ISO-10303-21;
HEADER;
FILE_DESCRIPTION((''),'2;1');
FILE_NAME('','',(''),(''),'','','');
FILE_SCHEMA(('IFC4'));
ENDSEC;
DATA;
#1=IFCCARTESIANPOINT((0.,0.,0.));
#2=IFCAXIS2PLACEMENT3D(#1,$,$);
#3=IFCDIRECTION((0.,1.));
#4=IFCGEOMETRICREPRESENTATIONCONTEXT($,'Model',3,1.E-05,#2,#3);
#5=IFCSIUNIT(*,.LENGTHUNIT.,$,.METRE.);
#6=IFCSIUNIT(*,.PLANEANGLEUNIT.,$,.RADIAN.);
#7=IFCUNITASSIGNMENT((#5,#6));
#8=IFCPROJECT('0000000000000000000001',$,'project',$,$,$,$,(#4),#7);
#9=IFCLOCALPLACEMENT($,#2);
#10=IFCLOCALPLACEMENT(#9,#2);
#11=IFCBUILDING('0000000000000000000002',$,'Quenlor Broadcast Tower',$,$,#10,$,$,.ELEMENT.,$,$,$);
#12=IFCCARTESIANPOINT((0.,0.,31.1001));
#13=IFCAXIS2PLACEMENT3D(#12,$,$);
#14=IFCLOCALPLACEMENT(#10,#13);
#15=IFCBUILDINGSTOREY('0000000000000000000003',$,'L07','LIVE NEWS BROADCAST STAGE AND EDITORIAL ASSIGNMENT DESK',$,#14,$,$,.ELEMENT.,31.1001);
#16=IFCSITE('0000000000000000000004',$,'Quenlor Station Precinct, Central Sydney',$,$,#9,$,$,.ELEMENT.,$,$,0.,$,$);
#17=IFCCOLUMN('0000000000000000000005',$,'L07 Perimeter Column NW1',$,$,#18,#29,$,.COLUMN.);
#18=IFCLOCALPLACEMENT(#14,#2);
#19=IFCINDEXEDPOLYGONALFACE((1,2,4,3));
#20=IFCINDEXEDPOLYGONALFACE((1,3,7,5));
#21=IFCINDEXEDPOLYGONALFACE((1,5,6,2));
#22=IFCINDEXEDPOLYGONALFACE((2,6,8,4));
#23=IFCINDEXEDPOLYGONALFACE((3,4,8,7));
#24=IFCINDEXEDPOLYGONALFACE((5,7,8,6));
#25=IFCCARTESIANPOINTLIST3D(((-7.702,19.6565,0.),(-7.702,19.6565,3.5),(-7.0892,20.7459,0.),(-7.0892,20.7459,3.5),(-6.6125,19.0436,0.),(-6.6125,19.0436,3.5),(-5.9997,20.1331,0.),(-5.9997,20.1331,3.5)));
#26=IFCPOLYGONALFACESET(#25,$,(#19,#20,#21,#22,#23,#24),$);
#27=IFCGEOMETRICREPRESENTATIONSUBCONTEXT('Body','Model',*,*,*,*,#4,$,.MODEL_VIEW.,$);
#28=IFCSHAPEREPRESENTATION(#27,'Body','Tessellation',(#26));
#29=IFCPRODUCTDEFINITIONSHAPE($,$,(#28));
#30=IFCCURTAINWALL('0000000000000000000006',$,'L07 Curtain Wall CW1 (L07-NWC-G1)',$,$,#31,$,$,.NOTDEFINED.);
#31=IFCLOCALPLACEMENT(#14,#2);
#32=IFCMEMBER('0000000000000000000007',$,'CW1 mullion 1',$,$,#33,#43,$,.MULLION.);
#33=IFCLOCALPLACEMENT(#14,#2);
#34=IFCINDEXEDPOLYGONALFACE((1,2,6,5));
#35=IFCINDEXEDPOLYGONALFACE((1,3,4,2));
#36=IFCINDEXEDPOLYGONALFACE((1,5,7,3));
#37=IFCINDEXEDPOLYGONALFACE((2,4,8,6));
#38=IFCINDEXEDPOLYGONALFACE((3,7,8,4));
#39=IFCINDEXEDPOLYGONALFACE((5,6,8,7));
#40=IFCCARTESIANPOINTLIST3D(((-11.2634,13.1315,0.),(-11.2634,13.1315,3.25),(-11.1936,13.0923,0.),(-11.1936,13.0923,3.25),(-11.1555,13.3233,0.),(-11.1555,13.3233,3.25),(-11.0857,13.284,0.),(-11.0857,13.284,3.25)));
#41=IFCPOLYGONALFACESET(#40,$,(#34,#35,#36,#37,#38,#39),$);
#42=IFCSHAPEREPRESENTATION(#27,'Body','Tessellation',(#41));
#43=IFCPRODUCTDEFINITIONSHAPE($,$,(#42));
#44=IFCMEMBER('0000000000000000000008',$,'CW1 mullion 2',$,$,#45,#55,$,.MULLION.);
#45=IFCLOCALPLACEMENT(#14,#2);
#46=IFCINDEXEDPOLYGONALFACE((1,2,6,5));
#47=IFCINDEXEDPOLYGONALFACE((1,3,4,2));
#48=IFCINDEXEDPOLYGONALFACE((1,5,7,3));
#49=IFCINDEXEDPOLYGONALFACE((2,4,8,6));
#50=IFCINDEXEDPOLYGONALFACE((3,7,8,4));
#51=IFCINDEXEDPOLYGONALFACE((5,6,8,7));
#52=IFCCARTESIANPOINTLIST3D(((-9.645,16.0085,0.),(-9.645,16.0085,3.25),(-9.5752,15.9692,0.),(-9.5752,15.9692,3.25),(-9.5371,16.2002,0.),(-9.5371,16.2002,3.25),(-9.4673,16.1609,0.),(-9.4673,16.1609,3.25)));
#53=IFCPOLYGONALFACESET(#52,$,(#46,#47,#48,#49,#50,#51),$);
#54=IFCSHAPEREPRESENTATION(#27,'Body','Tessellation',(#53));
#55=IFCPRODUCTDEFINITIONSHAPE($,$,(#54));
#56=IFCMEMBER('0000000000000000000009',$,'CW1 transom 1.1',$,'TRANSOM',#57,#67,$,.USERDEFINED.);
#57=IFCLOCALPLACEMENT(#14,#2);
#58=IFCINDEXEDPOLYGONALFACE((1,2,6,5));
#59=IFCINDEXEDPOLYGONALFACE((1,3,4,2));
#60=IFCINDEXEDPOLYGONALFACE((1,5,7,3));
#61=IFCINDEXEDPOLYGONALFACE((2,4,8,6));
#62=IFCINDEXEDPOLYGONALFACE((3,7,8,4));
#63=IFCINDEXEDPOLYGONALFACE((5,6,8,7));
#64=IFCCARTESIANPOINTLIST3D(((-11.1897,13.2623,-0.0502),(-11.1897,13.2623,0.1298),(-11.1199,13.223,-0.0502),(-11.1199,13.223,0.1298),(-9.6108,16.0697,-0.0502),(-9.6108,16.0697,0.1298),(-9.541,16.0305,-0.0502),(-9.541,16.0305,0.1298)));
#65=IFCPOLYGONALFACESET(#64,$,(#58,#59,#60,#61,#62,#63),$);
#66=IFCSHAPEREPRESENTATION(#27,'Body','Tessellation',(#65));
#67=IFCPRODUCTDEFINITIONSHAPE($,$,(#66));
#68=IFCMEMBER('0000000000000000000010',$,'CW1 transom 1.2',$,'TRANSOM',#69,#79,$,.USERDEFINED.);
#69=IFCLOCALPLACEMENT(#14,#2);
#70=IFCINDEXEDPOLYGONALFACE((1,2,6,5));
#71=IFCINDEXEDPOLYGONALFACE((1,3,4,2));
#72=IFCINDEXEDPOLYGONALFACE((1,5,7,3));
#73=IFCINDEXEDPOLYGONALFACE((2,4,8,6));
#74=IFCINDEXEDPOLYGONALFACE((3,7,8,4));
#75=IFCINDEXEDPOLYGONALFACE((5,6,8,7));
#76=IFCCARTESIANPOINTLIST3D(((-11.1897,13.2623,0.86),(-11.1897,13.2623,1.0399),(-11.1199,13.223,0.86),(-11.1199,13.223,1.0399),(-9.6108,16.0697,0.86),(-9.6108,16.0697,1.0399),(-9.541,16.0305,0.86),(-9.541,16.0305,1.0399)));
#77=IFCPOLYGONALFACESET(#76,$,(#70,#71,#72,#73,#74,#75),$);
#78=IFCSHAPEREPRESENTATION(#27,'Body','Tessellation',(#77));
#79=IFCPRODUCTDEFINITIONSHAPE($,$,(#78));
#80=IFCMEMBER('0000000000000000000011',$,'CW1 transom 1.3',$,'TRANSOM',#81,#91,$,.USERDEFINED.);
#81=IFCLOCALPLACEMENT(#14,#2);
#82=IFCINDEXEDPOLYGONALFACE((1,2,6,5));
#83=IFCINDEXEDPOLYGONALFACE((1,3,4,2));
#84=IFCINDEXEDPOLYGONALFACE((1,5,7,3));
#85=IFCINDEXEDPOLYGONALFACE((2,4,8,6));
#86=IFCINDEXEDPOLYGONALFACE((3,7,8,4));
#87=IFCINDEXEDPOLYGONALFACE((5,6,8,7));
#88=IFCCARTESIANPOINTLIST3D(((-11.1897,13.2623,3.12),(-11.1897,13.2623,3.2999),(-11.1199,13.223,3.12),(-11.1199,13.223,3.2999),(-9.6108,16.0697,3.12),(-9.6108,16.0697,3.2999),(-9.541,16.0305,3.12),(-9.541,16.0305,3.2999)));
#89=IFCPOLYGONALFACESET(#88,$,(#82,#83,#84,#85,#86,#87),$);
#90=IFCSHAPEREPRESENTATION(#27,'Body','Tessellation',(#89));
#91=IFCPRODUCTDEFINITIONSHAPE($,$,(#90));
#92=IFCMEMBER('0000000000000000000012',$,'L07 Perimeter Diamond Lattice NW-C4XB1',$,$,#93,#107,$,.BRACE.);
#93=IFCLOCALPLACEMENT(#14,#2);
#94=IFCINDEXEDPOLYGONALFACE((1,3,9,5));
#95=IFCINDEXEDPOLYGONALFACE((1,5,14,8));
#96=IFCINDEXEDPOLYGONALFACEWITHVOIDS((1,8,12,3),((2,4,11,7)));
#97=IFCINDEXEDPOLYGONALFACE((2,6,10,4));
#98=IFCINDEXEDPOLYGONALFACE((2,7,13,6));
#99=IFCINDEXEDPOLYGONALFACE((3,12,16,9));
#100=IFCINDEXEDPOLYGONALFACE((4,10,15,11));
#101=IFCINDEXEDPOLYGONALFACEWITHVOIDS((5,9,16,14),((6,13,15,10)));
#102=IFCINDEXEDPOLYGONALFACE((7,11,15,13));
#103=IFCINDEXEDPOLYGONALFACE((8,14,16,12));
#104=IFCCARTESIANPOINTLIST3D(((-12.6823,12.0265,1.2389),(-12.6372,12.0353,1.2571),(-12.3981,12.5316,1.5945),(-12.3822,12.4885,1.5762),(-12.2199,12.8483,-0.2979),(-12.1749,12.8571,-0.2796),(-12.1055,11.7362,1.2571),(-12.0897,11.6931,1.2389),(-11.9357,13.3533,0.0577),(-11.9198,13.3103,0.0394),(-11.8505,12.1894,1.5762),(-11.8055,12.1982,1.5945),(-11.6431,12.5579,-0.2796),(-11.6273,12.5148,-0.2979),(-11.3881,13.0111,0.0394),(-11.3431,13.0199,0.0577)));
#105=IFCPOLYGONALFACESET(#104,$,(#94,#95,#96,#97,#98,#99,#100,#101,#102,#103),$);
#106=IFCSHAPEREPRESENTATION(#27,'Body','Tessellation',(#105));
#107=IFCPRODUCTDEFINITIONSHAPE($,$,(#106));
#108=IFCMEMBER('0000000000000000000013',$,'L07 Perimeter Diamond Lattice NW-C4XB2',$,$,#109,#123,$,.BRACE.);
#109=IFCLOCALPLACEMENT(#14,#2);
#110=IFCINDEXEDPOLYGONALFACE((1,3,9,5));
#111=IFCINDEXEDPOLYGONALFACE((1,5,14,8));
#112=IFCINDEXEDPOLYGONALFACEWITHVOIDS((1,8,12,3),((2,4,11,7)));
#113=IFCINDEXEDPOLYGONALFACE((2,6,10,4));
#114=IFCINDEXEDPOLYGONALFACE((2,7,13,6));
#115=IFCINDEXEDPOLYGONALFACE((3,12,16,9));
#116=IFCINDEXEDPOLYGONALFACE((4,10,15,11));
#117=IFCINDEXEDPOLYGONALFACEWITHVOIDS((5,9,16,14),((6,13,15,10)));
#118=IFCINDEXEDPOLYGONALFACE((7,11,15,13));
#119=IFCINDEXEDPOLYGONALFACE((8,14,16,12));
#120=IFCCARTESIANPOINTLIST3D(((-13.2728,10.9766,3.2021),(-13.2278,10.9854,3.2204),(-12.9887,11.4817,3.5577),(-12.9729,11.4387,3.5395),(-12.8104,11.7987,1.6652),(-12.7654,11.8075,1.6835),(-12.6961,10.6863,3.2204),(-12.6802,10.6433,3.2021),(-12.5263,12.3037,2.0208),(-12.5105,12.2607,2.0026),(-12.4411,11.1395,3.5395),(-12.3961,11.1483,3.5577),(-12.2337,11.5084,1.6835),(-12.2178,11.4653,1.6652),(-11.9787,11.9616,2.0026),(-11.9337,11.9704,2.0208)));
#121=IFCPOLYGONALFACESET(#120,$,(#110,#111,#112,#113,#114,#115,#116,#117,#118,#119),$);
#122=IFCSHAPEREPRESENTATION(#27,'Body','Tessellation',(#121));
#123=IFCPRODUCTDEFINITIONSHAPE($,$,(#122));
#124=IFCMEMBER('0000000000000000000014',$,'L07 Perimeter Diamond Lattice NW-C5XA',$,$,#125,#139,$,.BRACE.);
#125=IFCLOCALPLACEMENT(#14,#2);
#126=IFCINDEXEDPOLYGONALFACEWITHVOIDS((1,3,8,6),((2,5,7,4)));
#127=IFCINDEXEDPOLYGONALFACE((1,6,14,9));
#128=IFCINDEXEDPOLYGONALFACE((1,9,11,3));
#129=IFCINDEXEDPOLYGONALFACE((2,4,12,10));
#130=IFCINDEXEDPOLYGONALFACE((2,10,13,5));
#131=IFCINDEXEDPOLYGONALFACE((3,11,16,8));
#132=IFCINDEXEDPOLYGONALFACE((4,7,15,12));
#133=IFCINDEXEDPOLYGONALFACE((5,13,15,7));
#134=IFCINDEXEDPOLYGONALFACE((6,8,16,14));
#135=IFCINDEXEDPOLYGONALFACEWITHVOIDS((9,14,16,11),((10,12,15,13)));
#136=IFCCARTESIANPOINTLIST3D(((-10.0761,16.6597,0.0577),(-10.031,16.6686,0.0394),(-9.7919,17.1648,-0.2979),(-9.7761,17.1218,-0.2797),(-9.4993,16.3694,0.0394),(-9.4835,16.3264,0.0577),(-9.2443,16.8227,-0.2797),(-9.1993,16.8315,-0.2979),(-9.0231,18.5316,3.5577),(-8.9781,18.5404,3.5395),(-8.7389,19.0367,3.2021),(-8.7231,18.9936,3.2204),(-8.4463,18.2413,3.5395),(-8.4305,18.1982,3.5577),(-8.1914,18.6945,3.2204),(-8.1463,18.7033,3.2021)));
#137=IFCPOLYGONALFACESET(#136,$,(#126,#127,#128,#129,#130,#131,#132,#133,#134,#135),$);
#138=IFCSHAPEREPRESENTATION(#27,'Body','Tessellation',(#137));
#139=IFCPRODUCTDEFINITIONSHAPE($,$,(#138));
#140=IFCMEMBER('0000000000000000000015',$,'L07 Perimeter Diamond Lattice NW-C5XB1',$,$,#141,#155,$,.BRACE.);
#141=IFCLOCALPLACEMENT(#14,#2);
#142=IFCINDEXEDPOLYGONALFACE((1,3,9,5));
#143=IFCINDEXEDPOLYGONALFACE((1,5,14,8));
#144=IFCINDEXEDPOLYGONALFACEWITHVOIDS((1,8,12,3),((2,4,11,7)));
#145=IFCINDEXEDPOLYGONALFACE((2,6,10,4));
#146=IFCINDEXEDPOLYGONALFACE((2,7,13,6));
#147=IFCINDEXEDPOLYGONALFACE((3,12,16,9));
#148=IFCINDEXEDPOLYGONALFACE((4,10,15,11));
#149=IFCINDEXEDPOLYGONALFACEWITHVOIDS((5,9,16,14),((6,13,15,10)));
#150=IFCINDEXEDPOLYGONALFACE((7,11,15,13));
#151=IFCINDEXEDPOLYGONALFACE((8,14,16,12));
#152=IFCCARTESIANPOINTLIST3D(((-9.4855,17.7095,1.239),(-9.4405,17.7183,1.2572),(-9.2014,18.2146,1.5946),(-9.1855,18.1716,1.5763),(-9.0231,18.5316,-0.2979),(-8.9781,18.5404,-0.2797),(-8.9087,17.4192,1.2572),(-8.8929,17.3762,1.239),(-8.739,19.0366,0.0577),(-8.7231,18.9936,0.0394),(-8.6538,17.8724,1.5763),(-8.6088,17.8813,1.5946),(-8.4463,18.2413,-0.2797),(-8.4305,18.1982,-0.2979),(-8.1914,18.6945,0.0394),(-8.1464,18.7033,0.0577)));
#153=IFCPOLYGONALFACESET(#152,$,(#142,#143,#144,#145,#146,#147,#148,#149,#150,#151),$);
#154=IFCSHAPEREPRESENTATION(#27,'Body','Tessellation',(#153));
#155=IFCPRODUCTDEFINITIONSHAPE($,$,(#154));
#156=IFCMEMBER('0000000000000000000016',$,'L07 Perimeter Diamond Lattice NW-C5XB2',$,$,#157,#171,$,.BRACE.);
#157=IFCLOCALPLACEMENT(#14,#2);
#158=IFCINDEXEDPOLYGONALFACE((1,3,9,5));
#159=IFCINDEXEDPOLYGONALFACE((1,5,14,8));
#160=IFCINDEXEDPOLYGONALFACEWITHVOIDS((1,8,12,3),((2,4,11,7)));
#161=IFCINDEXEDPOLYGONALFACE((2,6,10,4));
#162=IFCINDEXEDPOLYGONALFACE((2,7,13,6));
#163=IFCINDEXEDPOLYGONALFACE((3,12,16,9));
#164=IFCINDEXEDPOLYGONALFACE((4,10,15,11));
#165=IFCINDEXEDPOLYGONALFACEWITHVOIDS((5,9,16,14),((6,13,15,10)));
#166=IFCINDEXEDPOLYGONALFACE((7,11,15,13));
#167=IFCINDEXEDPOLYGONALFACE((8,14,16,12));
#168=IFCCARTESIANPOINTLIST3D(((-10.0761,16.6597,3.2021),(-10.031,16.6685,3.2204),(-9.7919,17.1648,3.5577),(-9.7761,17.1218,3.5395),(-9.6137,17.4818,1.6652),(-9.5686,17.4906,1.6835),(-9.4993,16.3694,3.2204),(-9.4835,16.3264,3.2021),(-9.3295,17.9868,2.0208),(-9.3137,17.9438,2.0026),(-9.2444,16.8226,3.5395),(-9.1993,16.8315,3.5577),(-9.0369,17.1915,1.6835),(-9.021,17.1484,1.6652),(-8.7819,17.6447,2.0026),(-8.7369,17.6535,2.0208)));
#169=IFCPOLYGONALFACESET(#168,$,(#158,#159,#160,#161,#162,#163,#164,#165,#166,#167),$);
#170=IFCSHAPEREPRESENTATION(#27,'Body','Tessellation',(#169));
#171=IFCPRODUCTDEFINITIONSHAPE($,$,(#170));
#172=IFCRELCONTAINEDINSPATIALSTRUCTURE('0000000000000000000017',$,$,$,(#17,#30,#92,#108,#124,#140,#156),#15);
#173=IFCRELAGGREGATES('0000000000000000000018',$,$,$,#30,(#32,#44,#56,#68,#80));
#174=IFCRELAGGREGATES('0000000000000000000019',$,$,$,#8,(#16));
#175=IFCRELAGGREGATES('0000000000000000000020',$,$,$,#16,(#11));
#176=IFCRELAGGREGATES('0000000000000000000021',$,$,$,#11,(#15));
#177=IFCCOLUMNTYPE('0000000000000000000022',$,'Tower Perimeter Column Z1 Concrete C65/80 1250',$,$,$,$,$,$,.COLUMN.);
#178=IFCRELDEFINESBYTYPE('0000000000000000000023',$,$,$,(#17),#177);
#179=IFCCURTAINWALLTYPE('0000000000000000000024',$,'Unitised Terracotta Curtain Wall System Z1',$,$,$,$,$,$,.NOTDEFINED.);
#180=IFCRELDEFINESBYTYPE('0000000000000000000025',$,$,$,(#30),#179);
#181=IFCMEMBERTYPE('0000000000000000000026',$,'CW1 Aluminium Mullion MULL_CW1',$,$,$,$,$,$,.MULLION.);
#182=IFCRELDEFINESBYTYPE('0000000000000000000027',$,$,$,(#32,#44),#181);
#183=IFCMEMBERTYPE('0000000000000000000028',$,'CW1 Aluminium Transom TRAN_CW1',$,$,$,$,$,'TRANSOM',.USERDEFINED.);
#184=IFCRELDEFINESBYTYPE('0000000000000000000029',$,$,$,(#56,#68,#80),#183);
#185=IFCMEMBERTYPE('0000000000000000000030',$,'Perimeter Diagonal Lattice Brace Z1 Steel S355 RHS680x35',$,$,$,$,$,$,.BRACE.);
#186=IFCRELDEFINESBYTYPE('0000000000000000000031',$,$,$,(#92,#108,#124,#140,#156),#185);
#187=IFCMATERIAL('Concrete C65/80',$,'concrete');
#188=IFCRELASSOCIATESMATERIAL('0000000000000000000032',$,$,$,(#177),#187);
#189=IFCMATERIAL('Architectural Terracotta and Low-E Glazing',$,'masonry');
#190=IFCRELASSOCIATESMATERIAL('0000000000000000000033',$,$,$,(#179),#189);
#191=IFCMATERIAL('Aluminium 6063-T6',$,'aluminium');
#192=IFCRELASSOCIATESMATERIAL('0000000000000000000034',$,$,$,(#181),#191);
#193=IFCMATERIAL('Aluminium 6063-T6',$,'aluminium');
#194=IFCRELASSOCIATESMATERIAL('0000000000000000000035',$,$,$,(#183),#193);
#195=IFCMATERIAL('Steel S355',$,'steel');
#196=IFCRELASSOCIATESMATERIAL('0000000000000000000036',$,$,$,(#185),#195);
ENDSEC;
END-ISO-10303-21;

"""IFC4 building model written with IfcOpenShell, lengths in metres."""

from ifc_helpers import new_model, si_unit, direction, frame, origin, origin_2d, place, context, subcontext, project, spatial, rectangle, hollow_rectangle, extrude, material, material_profile, profile_set, type_object, element, aggregate, save


model = new_model("IFC4")

# Units and contexts
model_context = context("Model", 3, precision=1e-05, world=origin(), true_north=direction((0.0, 1.0)))
body_context = subcontext(model_context, "Body", "Model", "MODEL_VIEW")
ifc_project = project(units=[si_unit("LENGTHUNIT", "METRE"), si_unit("PLANEANGLEUNIT", "RADIAN")], contexts=[model_context])

# Site, building, storey
site_placement = place(None, origin())
site = spatial("IfcSite", under=ifc_project, at=site_placement, Name="Quenlor Station Precinct, Central Sydney", CompositionType="ELEMENT", RefElevation=0.0)
building_placement = place(site_placement, origin())
building = spatial("IfcBuilding", under=site, at=building_placement, Name="Quenlor Broadcast Tower", CompositionType="ELEMENT")
storey_placement = place(building_placement, frame((0.0, 0.0, 31.1001)))
storey = spatial("IfcBuildingStorey", under=building, at=storey_placement, Name="L07", Description="LIVE NEWS BROADCAST STAGE AND EDITORIAL ASSIGNMENT DESK", CompositionType="ELEMENT", Elevation=31.1001)

# Column
ifc_material_1 = material(Name="Concrete C65/80", Category="concrete")
ifc_material_profile_1 = material_profile(ifc_material_1, rectangle(XDim=1.25, YDim=1.25, at=origin_2d()))
ifc_profile_set_1 = profile_set([ifc_material_profile_1], Name="Concrete C65/80 RC1250x1250")
column_type = type_object("IfcColumnType", Name="Tower Perimeter Column Z1 Concrete C65/80 1250", PredefinedType="COLUMN", material=ifc_profile_set_1)
column_placement = place(storey_placement, frame((-6.8508, 19.8948, 0.0), z_axis=(0.0, 0.0, 1.0), x_axis=(-0.871575, 0.490262, 0.0)))
element("IfcColumn", 1, at=column_placement, inside=storey, type_object=column_type, Name="L07 Perimeter Column NW1", PredefinedType="COLUMN", context=body_context, shape_type="SweptSolid", body=[
    extrude(rectangle(XDim=1.25, YDim=1.25, at=origin_2d()), origin(), (0.0, 0.0, 1.0), 3.5),
])

# Curtain wall, members
ifc_material_2 = material(Name="Architectural Terracotta and Low-E Glazing", Category="masonry")
curtain_wall_type = type_object("IfcCurtainWallType", Name="Unitised Terracotta Curtain Wall System Z1", PredefinedType="NOTDEFINED", material=ifc_material_2)
curtain_wall_placement = place(storey_placement, origin())
curtain_wall = element("IfcCurtainWall", 2, at=curtain_wall_placement, inside=storey, type_object=curtain_wall_type, Name="L07 Curtain Wall CW1 (L07-NWC-G1)", PredefinedType="NOTDEFINED")
ifc_material_3 = material(Name="Aluminium 6063-T6", Category="aluminium")
ifc_material_profile_2 = material_profile(ifc_material_3, rectangle(XDim=0.0801, YDim=0.22, at=origin_2d()))
ifc_profile_set_2 = profile_set([ifc_material_profile_2], Name="Aluminium 6063-T6 MULL80x220")
member_type_1 = type_object("IfcMemberType", Name="CW1 Aluminium Mullion MULL_CW1", PredefinedType="MULLION", material=ifc_profile_set_2)
member_1_placement = place(storey_placement, frame((-11.1746, 13.2078, 0.0), z_axis=(0.0, 0.0, 1.0), x_axis=(-0.871585, 0.490244, 0.0)))
member_1 = element("IfcMember", 3, at=member_1_placement, type_object=member_type_1, Name="CW1 mullion 1", PredefinedType="MULLION", context=body_context, shape_type="SweptSolid", body=[
    extrude(rectangle(XDim=0.0801, YDim=0.22, at=origin_2d()), origin(), (0.0, 0.0, 1.0), 3.25),
])
member_2_placement = place(storey_placement, frame((-9.5562, 16.0847, 0.0), z_axis=(0.0, 0.0, 1.0), x_axis=(-0.871585, 0.490244, 0.0)))
member_2 = element("IfcMember", 4, at=member_2_placement, type_object=member_type_1, Name="CW1 mullion 2", PredefinedType="MULLION", context=body_context, shape_type="SweptSolid", body=[
    extrude(rectangle(XDim=0.0801, YDim=0.22, at=origin_2d()), origin(), (0.0, 0.0, 1.0), 3.25),
])
ifc_material_4 = material(Name="Aluminium 6063-T6", Category="aluminium")
ifc_material_profile_3 = material_profile(ifc_material_4, rectangle(XDim=0.0801, YDim=0.1799, at=origin_2d()))
ifc_profile_set_3 = profile_set([ifc_material_profile_3], Name="Aluminium 6063-T6 TRAN80x180")
member_type_2 = type_object("IfcMemberType", Name="CW1 Aluminium Transom TRAN_CW1", ElementType="TRANSOM", PredefinedType="USERDEFINED", material=ifc_profile_set_3)
member_3_placement = place(storey_placement, frame((-11.1548, 13.2427, 0.0398), z_axis=(0.490193, 0.871614, 0.0), x_axis=(-0.871614, 0.490193, 0.0)))
member_3 = element("IfcMember", 5, at=member_3_placement, type_object=member_type_2, Name="CW1 transom 1.1", ObjectType="TRANSOM", PredefinedType="USERDEFINED", context=body_context, shape_type="SweptSolid", body=[
    extrude(rectangle(XDim=0.0801, YDim=0.1799, at=origin_2d()), origin(), (0.0, 0.0, 1.0), 3.2209),
])
member_4_placement = place(storey_placement, frame((-11.1548, 13.2427, 0.95), z_axis=(0.490193, 0.871614, 0.0), x_axis=(-0.871614, 0.490193, 0.0)))
member_4 = element("IfcMember", 6, at=member_4_placement, type_object=member_type_2, Name="CW1 transom 1.2", ObjectType="TRANSOM", PredefinedType="USERDEFINED", context=body_context, shape_type="SweptSolid", body=[
    extrude(rectangle(XDim=0.0801, YDim=0.1799, at=origin_2d()), origin(), (0.0, 0.0, 1.0), 3.2209),
])
member_5_placement = place(storey_placement, frame((-11.1548, 13.2427, 3.21), z_axis=(0.490193, 0.871614, 0.0), x_axis=(-0.871614, 0.490193, 0.0)))
member_5 = element("IfcMember", 7, at=member_5_placement, type_object=member_type_2, Name="CW1 transom 1.3", ObjectType="TRANSOM", PredefinedType="USERDEFINED", context=body_context, shape_type="SweptSolid", body=[
    extrude(rectangle(XDim=0.0801, YDim=0.1799, at=origin_2d()), origin(), (0.0, 0.0, 1.0), 3.2209),
])

# Members
ifc_material_5 = material(Name="Steel S355", Category="steel")
ifc_material_profile_4 = material_profile(ifc_material_5, hollow_rectangle(XDim=0.6799, YDim=0.6799, WallThickness=0.0349, at=origin_2d()))
ifc_profile_set_4 = profile_set([ifc_material_profile_4], Name="Steel S355 RHS680x680x35")
member_type_3 = type_object("IfcMemberType", Name="Perimeter Diagonal Lattice Brace Z1 Steel S355 RHS680x35", PredefinedType="BRACE", material=ifc_profile_set_4)
member_6_placement = place(storey_placement, frame((-11.7815, 12.9341, -0.1201), z_axis=(-0.256452, -0.455764, 0.852357), x_axis=(0.871506, -0.490384, 0.0)))
element("IfcMember", 8, at=member_6_placement, inside=storey, type_object=member_type_3, Name="L07 Perimeter Diamond Lattice NW-C4XB1", PredefinedType="BRACE", context=body_context, shape_type="SweptSolid", body=[
    extrude(hollow_rectangle(XDim=0.6799, YDim=0.6799, WallThickness=0.0349, at=origin_2d()), origin(), (0.0, 0.0, 1.0), 1.803),
])
member_7_placement = place(storey_placement, frame((-12.3721, 11.8845, 1.843), z_axis=(-0.256436, -0.455871, 0.852304), x_axis=(0.871569, -0.490274, 0.0)))
element("IfcMember", 9, at=member_7_placement, inside=storey, type_object=member_type_3, Name="L07 Perimeter Diamond Lattice NW-C4XB2", PredefinedType="BRACE", context=body_context, shape_type="SweptSolid", body=[
    extrude(hollow_rectangle(XDim=0.6799, YDim=0.6799, WallThickness=0.0349, at=origin_2d()), origin(), (0.0, 0.0, 1.0), 1.8032),
])
member_8_placement = place(storey_placement, frame((-9.6377, 16.7456, -0.1201), z_axis=(0.256424, 0.455832, 0.852329), x_axis=(-0.87156, 0.490288, 0.0)))
element("IfcMember", 10, at=member_8_placement, inside=storey, type_object=member_type_3, Name="L07 Perimeter Diamond Lattice NW-C5XA", PredefinedType="BRACE", context=body_context, shape_type="SweptSolid", body=[
    extrude(hollow_rectangle(XDim=0.6799, YDim=0.6799, WallThickness=0.0349, at=origin_2d()), origin(), (0.0, 0.0, 1.0), 4.1064),
])
for number, where, z_axis, x_axis, name in (
    (11, (-8.5847, 18.6174, -0.1201), (-0.256436, -0.455871, 0.852304), (0.871569, -0.490274, 0.0), "L07 Perimeter Diamond Lattice NW-C5XB1"),
    (12, (-9.1753, 17.5676, 1.843), (-0.256436, -0.455871, 0.852304), (0.871569, -0.490274, 0.0), "L07 Perimeter Diamond Lattice NW-C5XB2"),
):
    element("IfcMember", number, at=place(storey_placement, frame(where, z_axis=z_axis, x_axis=x_axis)), inside=storey, type_object=member_type_3, Name=name, PredefinedType="BRACE", context=body_context, shape_type="SweptSolid", body=[
        extrude(hollow_rectangle(XDim=0.6799, YDim=0.6799, WallThickness=0.0349, at=origin_2d()), origin(), (0.0, 0.0, 1.0), 1.8032),
    ])

aggregate(curtain_wall, [member_1, member_2, member_3, member_4, member_5])

save(model, "model.ifc")
